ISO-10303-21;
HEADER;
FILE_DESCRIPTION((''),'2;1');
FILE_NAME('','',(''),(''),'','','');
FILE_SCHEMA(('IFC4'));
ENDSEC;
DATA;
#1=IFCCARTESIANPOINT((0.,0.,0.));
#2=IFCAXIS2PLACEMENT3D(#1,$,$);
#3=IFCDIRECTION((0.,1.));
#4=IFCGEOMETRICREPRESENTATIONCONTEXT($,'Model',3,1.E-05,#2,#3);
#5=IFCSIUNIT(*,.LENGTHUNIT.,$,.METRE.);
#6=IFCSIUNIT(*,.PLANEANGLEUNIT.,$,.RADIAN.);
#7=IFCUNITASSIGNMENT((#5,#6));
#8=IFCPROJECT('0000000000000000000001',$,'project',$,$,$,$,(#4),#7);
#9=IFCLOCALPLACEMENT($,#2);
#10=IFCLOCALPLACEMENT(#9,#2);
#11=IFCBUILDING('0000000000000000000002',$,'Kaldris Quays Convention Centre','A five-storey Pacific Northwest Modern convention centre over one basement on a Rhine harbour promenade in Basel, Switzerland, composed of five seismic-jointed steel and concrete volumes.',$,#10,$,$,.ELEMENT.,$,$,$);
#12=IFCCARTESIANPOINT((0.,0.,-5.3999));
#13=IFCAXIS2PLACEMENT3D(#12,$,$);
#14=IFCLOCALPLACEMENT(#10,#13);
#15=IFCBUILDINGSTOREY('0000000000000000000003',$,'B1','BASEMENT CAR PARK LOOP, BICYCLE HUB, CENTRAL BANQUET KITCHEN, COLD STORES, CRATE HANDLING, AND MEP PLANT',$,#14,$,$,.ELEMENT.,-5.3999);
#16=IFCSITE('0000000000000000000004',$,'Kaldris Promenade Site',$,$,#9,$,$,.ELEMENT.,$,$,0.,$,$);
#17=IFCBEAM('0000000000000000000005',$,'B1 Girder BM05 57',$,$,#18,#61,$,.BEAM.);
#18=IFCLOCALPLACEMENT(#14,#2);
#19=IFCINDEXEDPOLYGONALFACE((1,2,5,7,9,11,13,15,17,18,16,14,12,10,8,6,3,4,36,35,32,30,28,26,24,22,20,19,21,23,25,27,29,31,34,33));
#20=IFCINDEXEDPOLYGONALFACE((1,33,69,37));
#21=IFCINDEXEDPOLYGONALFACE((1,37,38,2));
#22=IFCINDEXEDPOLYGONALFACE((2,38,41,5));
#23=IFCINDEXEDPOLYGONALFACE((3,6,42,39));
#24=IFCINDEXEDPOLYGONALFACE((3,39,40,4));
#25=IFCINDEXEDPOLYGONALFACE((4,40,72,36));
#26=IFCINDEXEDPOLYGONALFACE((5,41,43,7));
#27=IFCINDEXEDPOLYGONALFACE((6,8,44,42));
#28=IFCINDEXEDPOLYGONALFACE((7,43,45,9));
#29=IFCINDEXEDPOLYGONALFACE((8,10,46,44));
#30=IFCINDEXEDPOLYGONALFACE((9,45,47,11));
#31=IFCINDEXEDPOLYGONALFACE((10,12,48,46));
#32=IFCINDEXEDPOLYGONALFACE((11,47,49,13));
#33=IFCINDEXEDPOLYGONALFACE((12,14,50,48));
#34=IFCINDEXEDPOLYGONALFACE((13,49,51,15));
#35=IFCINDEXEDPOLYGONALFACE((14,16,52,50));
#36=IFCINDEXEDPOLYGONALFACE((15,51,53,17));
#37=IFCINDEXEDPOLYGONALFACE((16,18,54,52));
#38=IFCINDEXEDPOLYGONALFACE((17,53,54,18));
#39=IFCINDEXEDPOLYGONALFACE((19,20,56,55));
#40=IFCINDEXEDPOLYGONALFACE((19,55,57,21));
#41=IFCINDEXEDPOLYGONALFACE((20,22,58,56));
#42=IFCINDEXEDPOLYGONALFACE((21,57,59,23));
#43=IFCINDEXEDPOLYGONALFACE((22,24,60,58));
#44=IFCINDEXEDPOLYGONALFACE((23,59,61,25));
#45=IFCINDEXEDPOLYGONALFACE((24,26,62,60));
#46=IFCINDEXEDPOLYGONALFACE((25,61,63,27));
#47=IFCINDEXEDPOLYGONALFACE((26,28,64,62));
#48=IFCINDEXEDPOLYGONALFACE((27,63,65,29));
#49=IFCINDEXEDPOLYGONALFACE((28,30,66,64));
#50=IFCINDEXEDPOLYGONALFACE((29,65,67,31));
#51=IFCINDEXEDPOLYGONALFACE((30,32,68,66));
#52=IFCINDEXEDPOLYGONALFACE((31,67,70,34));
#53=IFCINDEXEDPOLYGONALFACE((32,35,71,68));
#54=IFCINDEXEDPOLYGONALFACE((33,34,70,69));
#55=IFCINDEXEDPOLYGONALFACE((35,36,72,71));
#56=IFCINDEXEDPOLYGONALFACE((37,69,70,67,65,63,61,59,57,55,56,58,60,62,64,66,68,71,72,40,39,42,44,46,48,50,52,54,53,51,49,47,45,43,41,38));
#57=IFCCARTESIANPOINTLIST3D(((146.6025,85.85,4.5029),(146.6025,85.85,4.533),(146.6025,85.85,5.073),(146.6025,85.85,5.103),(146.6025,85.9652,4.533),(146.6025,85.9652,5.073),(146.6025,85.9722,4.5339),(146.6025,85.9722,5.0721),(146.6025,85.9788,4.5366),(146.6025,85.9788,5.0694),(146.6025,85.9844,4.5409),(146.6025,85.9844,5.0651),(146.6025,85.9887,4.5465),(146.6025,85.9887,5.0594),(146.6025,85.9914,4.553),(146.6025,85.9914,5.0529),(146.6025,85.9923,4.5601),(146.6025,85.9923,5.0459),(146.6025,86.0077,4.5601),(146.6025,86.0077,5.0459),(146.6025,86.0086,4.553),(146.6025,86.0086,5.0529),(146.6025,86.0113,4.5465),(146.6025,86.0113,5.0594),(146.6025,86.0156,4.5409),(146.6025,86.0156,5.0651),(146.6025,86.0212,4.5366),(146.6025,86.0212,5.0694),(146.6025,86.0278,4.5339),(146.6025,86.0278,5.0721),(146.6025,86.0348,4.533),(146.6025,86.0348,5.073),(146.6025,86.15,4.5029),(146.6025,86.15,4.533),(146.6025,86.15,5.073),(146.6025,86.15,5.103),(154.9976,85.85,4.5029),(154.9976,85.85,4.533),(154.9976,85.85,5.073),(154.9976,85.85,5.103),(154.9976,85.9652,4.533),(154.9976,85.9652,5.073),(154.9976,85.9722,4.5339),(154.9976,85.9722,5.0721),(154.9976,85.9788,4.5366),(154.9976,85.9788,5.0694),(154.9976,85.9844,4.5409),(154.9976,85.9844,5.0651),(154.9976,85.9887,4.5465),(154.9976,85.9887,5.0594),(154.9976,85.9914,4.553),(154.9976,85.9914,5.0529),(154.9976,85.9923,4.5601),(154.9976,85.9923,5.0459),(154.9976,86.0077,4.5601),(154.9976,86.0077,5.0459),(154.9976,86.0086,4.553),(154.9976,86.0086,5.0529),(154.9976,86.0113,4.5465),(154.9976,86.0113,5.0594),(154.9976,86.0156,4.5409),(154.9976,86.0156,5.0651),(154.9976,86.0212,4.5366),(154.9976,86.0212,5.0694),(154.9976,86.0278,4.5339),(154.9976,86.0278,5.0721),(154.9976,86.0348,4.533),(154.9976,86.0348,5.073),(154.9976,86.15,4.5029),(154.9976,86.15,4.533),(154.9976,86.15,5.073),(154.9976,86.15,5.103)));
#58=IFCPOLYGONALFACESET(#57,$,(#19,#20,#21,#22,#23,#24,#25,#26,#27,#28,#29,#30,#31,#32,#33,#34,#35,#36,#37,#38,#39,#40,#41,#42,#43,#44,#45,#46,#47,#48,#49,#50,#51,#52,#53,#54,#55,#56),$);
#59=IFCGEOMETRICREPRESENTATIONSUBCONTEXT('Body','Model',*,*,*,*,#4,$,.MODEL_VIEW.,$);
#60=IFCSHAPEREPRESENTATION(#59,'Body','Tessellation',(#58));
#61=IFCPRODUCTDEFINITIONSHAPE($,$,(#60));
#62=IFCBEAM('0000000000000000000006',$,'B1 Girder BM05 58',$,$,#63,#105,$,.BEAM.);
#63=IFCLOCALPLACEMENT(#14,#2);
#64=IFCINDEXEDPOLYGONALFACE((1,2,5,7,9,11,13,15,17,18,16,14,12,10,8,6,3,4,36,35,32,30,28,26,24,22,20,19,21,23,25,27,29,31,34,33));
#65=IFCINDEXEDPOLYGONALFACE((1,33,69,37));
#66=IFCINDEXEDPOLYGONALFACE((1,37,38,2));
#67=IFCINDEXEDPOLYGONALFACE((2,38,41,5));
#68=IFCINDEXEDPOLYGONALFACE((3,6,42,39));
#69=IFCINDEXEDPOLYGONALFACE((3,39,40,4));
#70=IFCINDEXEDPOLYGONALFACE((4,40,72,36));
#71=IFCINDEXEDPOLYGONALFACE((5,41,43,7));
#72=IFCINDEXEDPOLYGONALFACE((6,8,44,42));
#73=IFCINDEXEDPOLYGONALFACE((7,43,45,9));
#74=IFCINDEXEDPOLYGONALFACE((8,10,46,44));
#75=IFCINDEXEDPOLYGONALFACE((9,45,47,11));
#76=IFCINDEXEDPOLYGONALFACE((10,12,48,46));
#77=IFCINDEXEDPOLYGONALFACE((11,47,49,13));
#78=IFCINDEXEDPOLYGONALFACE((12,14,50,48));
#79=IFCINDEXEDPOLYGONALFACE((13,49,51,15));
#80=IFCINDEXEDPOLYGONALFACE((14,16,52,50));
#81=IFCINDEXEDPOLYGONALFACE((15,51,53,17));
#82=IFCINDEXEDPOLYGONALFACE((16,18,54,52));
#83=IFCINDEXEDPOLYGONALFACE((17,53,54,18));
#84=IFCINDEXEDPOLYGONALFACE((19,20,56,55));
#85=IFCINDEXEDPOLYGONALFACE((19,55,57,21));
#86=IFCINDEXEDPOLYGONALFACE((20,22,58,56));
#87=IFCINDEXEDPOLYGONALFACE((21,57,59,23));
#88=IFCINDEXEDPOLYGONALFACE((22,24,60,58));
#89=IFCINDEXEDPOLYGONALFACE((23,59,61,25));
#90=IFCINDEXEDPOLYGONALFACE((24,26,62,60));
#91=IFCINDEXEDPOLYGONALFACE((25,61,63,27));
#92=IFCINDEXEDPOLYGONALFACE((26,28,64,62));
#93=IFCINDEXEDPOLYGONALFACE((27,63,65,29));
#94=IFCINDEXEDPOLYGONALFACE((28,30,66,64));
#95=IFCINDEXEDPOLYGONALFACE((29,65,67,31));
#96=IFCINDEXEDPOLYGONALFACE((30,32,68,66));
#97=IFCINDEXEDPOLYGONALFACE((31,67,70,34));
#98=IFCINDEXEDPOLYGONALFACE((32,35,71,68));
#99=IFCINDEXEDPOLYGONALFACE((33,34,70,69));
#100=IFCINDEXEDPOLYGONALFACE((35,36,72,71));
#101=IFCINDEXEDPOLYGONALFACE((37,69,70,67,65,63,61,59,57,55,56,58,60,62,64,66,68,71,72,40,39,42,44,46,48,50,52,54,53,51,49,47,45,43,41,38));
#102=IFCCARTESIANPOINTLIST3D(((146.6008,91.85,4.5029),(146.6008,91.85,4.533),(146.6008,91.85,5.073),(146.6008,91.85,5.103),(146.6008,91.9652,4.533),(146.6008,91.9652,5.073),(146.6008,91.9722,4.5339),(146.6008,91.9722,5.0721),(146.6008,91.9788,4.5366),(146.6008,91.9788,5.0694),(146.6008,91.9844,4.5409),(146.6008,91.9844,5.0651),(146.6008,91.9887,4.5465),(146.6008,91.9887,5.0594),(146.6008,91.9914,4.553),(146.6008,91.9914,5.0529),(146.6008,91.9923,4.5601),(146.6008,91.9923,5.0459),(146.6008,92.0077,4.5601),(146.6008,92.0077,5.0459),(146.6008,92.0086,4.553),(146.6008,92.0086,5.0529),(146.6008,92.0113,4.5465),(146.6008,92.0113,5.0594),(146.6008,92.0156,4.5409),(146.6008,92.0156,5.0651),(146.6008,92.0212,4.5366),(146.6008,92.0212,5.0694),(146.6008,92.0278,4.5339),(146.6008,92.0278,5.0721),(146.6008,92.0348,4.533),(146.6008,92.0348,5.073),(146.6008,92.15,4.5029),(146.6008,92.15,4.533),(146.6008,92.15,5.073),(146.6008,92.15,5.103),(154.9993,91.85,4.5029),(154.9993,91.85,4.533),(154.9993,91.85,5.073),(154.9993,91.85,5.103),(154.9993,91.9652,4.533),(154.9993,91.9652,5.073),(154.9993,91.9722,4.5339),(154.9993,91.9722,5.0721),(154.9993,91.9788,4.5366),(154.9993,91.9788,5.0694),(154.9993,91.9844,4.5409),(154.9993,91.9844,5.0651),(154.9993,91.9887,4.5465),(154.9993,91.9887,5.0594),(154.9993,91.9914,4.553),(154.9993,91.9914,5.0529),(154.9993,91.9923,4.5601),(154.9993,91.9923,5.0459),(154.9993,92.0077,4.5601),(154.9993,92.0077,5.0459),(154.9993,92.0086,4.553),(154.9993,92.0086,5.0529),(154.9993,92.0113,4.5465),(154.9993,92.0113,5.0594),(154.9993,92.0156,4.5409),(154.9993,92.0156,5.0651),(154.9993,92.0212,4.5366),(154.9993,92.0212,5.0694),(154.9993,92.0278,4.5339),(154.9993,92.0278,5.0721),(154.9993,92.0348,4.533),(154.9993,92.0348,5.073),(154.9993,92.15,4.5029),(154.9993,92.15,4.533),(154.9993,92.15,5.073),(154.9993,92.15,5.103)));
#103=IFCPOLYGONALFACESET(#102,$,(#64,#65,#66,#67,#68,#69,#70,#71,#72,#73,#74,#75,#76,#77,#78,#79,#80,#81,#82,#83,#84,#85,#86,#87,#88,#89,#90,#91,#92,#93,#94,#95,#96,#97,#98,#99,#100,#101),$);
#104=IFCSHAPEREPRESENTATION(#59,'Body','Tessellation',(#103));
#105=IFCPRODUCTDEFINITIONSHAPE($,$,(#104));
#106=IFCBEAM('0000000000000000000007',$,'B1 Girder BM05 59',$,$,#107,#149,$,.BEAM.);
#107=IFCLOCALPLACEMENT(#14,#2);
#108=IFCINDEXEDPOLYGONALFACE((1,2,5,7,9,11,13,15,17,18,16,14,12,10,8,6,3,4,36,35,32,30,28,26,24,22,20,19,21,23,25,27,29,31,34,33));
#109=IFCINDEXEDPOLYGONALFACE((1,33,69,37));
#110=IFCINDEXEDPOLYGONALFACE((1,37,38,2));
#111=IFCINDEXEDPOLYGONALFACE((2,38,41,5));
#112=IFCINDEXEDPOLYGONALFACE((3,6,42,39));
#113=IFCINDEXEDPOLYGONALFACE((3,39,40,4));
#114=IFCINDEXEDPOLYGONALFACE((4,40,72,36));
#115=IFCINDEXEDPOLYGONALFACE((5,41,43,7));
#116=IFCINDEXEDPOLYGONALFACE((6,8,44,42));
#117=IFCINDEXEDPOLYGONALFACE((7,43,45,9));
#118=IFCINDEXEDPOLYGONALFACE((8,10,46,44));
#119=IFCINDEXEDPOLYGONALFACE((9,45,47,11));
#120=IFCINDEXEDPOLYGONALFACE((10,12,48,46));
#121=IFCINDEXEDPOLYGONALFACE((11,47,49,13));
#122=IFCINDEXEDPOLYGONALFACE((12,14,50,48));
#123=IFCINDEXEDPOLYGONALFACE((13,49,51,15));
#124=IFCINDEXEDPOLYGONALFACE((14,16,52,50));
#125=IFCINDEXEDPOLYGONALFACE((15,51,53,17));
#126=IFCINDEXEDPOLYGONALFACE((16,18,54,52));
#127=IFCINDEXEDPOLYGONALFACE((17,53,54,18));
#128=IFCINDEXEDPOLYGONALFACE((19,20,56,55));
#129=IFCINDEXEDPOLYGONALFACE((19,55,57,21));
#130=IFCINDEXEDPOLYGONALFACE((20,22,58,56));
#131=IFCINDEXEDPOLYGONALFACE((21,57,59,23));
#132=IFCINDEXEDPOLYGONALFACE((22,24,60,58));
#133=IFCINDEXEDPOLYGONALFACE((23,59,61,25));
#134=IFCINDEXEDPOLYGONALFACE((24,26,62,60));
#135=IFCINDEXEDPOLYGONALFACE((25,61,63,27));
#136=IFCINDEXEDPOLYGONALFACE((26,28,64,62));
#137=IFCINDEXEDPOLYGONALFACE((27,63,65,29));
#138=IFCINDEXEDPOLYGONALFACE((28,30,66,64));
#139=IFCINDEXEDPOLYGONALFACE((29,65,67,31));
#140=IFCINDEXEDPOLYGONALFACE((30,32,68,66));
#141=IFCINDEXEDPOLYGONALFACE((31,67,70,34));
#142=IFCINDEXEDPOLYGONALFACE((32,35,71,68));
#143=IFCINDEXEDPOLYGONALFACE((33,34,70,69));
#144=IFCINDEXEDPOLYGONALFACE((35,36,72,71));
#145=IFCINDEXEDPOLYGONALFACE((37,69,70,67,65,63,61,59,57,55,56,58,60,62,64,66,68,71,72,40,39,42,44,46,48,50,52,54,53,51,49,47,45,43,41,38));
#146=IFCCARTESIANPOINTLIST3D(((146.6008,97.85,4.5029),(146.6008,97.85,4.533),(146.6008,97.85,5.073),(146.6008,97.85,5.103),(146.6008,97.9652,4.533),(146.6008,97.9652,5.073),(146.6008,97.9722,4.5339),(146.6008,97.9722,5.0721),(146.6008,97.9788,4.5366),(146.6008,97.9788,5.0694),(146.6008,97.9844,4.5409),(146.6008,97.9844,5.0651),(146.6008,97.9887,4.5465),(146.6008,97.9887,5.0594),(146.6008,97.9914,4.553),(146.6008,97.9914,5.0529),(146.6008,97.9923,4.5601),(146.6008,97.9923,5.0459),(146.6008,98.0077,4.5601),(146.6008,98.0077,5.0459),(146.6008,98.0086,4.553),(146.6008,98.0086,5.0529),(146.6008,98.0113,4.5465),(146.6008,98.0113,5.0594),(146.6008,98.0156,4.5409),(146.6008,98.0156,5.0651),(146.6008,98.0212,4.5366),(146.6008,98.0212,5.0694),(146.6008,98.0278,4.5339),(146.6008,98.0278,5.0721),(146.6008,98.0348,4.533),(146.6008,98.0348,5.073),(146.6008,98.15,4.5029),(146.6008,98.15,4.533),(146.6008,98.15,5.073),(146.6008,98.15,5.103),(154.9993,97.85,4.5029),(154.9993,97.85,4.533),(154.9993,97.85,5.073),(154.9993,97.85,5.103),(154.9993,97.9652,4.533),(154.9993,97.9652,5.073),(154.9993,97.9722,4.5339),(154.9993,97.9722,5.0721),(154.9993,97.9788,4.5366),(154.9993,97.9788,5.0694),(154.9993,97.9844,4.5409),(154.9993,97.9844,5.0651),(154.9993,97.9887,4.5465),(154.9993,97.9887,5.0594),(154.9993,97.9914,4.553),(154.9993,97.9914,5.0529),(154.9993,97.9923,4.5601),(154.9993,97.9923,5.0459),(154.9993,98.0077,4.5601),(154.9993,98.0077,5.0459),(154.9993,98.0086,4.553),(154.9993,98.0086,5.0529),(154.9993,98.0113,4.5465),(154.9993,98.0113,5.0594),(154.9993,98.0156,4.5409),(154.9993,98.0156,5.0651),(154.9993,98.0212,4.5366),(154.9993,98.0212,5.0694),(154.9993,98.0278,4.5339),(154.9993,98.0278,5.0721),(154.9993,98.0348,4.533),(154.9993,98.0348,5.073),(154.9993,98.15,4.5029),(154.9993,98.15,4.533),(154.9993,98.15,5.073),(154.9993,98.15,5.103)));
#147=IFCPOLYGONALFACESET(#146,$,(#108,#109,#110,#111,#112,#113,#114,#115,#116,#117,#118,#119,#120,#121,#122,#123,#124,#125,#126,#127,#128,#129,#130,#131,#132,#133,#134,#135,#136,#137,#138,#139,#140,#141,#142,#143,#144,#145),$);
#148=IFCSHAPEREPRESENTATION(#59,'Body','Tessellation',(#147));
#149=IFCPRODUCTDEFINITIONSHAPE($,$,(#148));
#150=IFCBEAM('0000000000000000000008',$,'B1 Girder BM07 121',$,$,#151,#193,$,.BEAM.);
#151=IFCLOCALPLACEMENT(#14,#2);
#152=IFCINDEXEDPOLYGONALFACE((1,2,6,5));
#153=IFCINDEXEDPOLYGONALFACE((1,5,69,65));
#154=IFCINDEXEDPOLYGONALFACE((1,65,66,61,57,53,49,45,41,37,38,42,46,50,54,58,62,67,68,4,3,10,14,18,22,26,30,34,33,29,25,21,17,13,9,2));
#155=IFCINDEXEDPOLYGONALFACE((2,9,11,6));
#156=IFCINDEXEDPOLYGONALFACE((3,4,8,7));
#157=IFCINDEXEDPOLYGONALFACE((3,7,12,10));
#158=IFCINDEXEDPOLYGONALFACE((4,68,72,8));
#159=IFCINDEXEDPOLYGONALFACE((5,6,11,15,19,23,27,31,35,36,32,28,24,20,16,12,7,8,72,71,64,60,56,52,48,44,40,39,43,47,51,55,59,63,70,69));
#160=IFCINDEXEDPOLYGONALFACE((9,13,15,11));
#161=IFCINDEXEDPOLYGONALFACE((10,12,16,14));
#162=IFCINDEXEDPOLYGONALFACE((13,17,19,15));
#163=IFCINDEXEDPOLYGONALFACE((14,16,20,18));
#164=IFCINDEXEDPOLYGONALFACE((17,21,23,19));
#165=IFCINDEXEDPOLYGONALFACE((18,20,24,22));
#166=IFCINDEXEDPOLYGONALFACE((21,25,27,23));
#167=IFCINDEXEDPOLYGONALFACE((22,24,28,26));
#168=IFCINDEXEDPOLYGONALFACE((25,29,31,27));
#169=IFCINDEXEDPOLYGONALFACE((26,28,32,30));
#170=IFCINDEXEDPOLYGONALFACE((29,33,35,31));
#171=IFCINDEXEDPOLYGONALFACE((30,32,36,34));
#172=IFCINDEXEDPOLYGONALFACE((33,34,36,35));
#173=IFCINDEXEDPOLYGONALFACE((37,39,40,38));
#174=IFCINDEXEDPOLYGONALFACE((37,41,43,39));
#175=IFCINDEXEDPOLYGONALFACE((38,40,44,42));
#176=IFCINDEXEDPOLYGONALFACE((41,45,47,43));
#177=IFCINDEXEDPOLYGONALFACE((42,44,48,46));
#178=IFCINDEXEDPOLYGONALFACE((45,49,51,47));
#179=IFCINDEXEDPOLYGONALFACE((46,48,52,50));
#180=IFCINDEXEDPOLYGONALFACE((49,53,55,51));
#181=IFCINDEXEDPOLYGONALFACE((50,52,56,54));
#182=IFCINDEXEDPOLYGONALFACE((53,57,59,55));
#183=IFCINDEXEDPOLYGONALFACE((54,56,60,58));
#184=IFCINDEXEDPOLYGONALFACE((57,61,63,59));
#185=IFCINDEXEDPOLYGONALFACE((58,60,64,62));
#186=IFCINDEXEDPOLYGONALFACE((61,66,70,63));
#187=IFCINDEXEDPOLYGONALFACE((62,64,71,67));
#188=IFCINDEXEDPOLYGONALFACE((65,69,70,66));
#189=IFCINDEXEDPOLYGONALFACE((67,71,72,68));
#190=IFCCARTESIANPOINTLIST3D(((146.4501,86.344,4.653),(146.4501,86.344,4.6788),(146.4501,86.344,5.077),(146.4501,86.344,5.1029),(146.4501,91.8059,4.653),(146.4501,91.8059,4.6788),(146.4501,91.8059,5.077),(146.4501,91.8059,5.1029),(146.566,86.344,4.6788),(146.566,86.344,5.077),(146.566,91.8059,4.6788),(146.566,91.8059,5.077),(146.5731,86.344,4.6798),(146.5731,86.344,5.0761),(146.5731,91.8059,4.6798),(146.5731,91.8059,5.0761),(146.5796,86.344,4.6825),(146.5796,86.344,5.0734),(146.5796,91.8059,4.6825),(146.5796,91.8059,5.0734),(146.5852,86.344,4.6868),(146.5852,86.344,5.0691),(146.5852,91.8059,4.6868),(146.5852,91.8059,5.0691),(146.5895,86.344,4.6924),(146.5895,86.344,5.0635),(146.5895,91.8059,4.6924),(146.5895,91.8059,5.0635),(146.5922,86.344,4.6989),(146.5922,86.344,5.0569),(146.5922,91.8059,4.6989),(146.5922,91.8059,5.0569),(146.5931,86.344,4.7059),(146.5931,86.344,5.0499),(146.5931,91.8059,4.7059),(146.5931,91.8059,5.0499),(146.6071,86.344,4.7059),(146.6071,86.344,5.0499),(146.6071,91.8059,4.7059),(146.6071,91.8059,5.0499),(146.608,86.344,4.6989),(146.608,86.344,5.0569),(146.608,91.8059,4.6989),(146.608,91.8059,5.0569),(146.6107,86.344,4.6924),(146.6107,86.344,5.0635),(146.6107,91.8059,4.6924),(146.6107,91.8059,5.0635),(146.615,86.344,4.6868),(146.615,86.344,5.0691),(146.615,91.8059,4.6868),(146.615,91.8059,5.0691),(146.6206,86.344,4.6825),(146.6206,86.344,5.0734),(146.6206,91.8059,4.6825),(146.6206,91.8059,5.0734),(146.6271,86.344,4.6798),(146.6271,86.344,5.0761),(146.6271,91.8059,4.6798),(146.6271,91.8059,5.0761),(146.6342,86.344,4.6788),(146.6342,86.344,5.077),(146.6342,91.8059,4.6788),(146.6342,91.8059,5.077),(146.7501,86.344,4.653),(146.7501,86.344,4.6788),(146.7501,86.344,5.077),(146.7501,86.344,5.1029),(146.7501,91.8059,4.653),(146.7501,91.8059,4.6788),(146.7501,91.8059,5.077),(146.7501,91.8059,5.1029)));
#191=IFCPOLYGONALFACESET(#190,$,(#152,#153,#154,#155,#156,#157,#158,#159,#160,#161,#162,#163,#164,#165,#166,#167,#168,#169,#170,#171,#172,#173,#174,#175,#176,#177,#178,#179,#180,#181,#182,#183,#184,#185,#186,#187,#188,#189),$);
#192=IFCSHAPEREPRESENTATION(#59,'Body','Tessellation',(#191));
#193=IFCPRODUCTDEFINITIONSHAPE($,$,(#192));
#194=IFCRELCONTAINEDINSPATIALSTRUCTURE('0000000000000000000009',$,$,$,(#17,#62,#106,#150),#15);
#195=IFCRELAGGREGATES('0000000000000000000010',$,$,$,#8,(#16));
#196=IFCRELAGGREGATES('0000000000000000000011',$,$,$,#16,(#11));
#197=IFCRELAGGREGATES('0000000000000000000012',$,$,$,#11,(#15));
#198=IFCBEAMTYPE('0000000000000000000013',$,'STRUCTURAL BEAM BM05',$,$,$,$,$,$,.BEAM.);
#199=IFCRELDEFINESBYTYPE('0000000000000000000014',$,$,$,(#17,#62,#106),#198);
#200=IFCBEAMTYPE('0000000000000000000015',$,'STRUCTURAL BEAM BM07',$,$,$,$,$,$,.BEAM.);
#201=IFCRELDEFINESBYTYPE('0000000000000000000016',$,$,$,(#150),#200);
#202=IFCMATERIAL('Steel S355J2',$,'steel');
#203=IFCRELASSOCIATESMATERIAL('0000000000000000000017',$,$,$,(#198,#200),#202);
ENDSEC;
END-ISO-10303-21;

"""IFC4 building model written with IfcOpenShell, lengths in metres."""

from ifc_helpers import new_model, si_unit, direction, frame, origin, origin_2d, place, context, subcontext, project, spatial, i_section, extrude, material, material_profile, profile_set, type_object, element, save


model = new_model("IFC4")

# Units and contexts
model_context = context("Model", 3, precision=1e-05, world=origin(), true_north=direction((0.0, 1.0)))
body_context = subcontext(model_context, "Body", "Model", "MODEL_VIEW")
ifc_project = project(units=[si_unit("LENGTHUNIT", "METRE"), si_unit("PLANEANGLEUNIT", "RADIAN")], contexts=[model_context])

# Site, building, storey
site_placement = place(None, origin())
site = spatial("IfcSite", under=ifc_project, at=site_placement, Name="Kaldris Promenade Site", CompositionType="ELEMENT", RefElevation=0.0)
building_placement = place(site_placement, origin())
building = spatial("IfcBuilding", under=site, at=building_placement, Name="Kaldris Quays Convention Centre", Description="A five-storey Pacific Northwest Modern convention centre over one basement on a Rhine harbour promenade in Basel, Switzerland, composed of five seismic-jointed steel and concrete volumes.", CompositionType="ELEMENT")
storey_placement = place(building_placement, frame((0.0, 0.0, -5.3999)))
storey = spatial("IfcBuildingStorey", under=building, at=storey_placement, Name="B1", Description="BASEMENT CAR PARK LOOP, BICYCLE HUB, CENTRAL BANQUET KITCHEN, COLD STORES, CRATE HANDLING, AND MEP PLANT", CompositionType="ELEMENT", Elevation=-5.3999)

# Shared definitions
ifc_material_1 = material(Name="Steel S355J2", Category="steel")

# Beams
ifc_material_profile_1 = material_profile(ifc_material_1, i_section(OverallWidth=0.3, OverallDepth=0.6001, WebThickness=0.0154, FlangeThickness=0.03, FilletRadius=0.0271, at=origin_2d()), Name="HEB 600")
ifc_profile_set_1 = profile_set([ifc_material_profile_1], Name="Steel S355J2")
beam_type_1 = type_object("IfcBeamType", Name="STRUCTURAL BEAM BM05", PredefinedType="BEAM", material=ifc_profile_set_1)
beam_1_placement = place(storey_placement, frame((146.6025, 86.0, 4.803), z_axis=(1.0, 0.0, 0.0), x_axis=(0.0, 1.0, 0.0)))
element("IfcBeam", 1, at=beam_1_placement, inside=storey, type_object=beam_type_1, Name="B1 Girder BM05 57", PredefinedType="BEAM", context=body_context, shape_type="SweptSolid", body=[
    extrude(i_section(OverallWidth=0.3, OverallDepth=0.6001, WebThickness=0.0154, FlangeThickness=0.03, FilletRadius=0.0271, at=origin_2d()), origin(), (0.0, 0.0, 1.0), 8.395),
])
for number, where, z_axis, x_axis, name in (
    (2, (146.6008, 92.0, 4.803), (1.0, 0.0, 0.0), (0.0, 1.0, 0.0), "B1 Girder BM05 58"),
    (3, (146.6008, 98.0, 4.803), (1.0, 0.0, 0.0), (0.0, 1.0, 0.0), "B1 Girder BM05 59"),
):
    element("IfcBeam", number, at=place(storey_placement, frame(where, z_axis=z_axis, x_axis=x_axis)), inside=storey, type_object=beam_type_1, Name=name, PredefinedType="BEAM", context=body_context, shape_type="SweptSolid", body=[
        extrude(i_section(OverallWidth=0.3, OverallDepth=0.6001, WebThickness=0.0154, FlangeThickness=0.03, FilletRadius=0.0271, at=origin_2d()), origin(), (0.0, 0.0, 1.0), 8.3984),
    ])
ifc_material_profile_2 = material_profile(ifc_material_1, i_section(OverallWidth=0.3, OverallDepth=0.45, WebThickness=0.0139, FlangeThickness=0.0259, FilletRadius=0.0271, at=origin_2d()), Name="HEB 450")
ifc_profile_set_2 = profile_set([ifc_material_profile_2], Name="Steel S355J2")
beam_type_2 = type_object("IfcBeamType", Name="STRUCTURAL BEAM BM07", PredefinedType="BEAM", material=ifc_profile_set_2)
beam_2_placement = place(storey_placement, frame((146.6001, 86.344, 4.8779), z_axis=(0.0, 1.0, 0.0), x_axis=(-1.0, 0.0, 0.0)))
element("IfcBeam", 4, at=beam_2_placement, inside=storey, type_object=beam_type_2, Name="B1 Girder BM07 121", PredefinedType="BEAM", context=body_context, shape_type="SweptSolid", body=[
    extrude(i_section(OverallWidth=0.3, OverallDepth=0.45, WebThickness=0.0139, FlangeThickness=0.0259, FilletRadius=0.0271, at=origin_2d()), origin(), (0.0, 0.0, 1.0), 5.4619),
])

save(model, "model.ifc")
